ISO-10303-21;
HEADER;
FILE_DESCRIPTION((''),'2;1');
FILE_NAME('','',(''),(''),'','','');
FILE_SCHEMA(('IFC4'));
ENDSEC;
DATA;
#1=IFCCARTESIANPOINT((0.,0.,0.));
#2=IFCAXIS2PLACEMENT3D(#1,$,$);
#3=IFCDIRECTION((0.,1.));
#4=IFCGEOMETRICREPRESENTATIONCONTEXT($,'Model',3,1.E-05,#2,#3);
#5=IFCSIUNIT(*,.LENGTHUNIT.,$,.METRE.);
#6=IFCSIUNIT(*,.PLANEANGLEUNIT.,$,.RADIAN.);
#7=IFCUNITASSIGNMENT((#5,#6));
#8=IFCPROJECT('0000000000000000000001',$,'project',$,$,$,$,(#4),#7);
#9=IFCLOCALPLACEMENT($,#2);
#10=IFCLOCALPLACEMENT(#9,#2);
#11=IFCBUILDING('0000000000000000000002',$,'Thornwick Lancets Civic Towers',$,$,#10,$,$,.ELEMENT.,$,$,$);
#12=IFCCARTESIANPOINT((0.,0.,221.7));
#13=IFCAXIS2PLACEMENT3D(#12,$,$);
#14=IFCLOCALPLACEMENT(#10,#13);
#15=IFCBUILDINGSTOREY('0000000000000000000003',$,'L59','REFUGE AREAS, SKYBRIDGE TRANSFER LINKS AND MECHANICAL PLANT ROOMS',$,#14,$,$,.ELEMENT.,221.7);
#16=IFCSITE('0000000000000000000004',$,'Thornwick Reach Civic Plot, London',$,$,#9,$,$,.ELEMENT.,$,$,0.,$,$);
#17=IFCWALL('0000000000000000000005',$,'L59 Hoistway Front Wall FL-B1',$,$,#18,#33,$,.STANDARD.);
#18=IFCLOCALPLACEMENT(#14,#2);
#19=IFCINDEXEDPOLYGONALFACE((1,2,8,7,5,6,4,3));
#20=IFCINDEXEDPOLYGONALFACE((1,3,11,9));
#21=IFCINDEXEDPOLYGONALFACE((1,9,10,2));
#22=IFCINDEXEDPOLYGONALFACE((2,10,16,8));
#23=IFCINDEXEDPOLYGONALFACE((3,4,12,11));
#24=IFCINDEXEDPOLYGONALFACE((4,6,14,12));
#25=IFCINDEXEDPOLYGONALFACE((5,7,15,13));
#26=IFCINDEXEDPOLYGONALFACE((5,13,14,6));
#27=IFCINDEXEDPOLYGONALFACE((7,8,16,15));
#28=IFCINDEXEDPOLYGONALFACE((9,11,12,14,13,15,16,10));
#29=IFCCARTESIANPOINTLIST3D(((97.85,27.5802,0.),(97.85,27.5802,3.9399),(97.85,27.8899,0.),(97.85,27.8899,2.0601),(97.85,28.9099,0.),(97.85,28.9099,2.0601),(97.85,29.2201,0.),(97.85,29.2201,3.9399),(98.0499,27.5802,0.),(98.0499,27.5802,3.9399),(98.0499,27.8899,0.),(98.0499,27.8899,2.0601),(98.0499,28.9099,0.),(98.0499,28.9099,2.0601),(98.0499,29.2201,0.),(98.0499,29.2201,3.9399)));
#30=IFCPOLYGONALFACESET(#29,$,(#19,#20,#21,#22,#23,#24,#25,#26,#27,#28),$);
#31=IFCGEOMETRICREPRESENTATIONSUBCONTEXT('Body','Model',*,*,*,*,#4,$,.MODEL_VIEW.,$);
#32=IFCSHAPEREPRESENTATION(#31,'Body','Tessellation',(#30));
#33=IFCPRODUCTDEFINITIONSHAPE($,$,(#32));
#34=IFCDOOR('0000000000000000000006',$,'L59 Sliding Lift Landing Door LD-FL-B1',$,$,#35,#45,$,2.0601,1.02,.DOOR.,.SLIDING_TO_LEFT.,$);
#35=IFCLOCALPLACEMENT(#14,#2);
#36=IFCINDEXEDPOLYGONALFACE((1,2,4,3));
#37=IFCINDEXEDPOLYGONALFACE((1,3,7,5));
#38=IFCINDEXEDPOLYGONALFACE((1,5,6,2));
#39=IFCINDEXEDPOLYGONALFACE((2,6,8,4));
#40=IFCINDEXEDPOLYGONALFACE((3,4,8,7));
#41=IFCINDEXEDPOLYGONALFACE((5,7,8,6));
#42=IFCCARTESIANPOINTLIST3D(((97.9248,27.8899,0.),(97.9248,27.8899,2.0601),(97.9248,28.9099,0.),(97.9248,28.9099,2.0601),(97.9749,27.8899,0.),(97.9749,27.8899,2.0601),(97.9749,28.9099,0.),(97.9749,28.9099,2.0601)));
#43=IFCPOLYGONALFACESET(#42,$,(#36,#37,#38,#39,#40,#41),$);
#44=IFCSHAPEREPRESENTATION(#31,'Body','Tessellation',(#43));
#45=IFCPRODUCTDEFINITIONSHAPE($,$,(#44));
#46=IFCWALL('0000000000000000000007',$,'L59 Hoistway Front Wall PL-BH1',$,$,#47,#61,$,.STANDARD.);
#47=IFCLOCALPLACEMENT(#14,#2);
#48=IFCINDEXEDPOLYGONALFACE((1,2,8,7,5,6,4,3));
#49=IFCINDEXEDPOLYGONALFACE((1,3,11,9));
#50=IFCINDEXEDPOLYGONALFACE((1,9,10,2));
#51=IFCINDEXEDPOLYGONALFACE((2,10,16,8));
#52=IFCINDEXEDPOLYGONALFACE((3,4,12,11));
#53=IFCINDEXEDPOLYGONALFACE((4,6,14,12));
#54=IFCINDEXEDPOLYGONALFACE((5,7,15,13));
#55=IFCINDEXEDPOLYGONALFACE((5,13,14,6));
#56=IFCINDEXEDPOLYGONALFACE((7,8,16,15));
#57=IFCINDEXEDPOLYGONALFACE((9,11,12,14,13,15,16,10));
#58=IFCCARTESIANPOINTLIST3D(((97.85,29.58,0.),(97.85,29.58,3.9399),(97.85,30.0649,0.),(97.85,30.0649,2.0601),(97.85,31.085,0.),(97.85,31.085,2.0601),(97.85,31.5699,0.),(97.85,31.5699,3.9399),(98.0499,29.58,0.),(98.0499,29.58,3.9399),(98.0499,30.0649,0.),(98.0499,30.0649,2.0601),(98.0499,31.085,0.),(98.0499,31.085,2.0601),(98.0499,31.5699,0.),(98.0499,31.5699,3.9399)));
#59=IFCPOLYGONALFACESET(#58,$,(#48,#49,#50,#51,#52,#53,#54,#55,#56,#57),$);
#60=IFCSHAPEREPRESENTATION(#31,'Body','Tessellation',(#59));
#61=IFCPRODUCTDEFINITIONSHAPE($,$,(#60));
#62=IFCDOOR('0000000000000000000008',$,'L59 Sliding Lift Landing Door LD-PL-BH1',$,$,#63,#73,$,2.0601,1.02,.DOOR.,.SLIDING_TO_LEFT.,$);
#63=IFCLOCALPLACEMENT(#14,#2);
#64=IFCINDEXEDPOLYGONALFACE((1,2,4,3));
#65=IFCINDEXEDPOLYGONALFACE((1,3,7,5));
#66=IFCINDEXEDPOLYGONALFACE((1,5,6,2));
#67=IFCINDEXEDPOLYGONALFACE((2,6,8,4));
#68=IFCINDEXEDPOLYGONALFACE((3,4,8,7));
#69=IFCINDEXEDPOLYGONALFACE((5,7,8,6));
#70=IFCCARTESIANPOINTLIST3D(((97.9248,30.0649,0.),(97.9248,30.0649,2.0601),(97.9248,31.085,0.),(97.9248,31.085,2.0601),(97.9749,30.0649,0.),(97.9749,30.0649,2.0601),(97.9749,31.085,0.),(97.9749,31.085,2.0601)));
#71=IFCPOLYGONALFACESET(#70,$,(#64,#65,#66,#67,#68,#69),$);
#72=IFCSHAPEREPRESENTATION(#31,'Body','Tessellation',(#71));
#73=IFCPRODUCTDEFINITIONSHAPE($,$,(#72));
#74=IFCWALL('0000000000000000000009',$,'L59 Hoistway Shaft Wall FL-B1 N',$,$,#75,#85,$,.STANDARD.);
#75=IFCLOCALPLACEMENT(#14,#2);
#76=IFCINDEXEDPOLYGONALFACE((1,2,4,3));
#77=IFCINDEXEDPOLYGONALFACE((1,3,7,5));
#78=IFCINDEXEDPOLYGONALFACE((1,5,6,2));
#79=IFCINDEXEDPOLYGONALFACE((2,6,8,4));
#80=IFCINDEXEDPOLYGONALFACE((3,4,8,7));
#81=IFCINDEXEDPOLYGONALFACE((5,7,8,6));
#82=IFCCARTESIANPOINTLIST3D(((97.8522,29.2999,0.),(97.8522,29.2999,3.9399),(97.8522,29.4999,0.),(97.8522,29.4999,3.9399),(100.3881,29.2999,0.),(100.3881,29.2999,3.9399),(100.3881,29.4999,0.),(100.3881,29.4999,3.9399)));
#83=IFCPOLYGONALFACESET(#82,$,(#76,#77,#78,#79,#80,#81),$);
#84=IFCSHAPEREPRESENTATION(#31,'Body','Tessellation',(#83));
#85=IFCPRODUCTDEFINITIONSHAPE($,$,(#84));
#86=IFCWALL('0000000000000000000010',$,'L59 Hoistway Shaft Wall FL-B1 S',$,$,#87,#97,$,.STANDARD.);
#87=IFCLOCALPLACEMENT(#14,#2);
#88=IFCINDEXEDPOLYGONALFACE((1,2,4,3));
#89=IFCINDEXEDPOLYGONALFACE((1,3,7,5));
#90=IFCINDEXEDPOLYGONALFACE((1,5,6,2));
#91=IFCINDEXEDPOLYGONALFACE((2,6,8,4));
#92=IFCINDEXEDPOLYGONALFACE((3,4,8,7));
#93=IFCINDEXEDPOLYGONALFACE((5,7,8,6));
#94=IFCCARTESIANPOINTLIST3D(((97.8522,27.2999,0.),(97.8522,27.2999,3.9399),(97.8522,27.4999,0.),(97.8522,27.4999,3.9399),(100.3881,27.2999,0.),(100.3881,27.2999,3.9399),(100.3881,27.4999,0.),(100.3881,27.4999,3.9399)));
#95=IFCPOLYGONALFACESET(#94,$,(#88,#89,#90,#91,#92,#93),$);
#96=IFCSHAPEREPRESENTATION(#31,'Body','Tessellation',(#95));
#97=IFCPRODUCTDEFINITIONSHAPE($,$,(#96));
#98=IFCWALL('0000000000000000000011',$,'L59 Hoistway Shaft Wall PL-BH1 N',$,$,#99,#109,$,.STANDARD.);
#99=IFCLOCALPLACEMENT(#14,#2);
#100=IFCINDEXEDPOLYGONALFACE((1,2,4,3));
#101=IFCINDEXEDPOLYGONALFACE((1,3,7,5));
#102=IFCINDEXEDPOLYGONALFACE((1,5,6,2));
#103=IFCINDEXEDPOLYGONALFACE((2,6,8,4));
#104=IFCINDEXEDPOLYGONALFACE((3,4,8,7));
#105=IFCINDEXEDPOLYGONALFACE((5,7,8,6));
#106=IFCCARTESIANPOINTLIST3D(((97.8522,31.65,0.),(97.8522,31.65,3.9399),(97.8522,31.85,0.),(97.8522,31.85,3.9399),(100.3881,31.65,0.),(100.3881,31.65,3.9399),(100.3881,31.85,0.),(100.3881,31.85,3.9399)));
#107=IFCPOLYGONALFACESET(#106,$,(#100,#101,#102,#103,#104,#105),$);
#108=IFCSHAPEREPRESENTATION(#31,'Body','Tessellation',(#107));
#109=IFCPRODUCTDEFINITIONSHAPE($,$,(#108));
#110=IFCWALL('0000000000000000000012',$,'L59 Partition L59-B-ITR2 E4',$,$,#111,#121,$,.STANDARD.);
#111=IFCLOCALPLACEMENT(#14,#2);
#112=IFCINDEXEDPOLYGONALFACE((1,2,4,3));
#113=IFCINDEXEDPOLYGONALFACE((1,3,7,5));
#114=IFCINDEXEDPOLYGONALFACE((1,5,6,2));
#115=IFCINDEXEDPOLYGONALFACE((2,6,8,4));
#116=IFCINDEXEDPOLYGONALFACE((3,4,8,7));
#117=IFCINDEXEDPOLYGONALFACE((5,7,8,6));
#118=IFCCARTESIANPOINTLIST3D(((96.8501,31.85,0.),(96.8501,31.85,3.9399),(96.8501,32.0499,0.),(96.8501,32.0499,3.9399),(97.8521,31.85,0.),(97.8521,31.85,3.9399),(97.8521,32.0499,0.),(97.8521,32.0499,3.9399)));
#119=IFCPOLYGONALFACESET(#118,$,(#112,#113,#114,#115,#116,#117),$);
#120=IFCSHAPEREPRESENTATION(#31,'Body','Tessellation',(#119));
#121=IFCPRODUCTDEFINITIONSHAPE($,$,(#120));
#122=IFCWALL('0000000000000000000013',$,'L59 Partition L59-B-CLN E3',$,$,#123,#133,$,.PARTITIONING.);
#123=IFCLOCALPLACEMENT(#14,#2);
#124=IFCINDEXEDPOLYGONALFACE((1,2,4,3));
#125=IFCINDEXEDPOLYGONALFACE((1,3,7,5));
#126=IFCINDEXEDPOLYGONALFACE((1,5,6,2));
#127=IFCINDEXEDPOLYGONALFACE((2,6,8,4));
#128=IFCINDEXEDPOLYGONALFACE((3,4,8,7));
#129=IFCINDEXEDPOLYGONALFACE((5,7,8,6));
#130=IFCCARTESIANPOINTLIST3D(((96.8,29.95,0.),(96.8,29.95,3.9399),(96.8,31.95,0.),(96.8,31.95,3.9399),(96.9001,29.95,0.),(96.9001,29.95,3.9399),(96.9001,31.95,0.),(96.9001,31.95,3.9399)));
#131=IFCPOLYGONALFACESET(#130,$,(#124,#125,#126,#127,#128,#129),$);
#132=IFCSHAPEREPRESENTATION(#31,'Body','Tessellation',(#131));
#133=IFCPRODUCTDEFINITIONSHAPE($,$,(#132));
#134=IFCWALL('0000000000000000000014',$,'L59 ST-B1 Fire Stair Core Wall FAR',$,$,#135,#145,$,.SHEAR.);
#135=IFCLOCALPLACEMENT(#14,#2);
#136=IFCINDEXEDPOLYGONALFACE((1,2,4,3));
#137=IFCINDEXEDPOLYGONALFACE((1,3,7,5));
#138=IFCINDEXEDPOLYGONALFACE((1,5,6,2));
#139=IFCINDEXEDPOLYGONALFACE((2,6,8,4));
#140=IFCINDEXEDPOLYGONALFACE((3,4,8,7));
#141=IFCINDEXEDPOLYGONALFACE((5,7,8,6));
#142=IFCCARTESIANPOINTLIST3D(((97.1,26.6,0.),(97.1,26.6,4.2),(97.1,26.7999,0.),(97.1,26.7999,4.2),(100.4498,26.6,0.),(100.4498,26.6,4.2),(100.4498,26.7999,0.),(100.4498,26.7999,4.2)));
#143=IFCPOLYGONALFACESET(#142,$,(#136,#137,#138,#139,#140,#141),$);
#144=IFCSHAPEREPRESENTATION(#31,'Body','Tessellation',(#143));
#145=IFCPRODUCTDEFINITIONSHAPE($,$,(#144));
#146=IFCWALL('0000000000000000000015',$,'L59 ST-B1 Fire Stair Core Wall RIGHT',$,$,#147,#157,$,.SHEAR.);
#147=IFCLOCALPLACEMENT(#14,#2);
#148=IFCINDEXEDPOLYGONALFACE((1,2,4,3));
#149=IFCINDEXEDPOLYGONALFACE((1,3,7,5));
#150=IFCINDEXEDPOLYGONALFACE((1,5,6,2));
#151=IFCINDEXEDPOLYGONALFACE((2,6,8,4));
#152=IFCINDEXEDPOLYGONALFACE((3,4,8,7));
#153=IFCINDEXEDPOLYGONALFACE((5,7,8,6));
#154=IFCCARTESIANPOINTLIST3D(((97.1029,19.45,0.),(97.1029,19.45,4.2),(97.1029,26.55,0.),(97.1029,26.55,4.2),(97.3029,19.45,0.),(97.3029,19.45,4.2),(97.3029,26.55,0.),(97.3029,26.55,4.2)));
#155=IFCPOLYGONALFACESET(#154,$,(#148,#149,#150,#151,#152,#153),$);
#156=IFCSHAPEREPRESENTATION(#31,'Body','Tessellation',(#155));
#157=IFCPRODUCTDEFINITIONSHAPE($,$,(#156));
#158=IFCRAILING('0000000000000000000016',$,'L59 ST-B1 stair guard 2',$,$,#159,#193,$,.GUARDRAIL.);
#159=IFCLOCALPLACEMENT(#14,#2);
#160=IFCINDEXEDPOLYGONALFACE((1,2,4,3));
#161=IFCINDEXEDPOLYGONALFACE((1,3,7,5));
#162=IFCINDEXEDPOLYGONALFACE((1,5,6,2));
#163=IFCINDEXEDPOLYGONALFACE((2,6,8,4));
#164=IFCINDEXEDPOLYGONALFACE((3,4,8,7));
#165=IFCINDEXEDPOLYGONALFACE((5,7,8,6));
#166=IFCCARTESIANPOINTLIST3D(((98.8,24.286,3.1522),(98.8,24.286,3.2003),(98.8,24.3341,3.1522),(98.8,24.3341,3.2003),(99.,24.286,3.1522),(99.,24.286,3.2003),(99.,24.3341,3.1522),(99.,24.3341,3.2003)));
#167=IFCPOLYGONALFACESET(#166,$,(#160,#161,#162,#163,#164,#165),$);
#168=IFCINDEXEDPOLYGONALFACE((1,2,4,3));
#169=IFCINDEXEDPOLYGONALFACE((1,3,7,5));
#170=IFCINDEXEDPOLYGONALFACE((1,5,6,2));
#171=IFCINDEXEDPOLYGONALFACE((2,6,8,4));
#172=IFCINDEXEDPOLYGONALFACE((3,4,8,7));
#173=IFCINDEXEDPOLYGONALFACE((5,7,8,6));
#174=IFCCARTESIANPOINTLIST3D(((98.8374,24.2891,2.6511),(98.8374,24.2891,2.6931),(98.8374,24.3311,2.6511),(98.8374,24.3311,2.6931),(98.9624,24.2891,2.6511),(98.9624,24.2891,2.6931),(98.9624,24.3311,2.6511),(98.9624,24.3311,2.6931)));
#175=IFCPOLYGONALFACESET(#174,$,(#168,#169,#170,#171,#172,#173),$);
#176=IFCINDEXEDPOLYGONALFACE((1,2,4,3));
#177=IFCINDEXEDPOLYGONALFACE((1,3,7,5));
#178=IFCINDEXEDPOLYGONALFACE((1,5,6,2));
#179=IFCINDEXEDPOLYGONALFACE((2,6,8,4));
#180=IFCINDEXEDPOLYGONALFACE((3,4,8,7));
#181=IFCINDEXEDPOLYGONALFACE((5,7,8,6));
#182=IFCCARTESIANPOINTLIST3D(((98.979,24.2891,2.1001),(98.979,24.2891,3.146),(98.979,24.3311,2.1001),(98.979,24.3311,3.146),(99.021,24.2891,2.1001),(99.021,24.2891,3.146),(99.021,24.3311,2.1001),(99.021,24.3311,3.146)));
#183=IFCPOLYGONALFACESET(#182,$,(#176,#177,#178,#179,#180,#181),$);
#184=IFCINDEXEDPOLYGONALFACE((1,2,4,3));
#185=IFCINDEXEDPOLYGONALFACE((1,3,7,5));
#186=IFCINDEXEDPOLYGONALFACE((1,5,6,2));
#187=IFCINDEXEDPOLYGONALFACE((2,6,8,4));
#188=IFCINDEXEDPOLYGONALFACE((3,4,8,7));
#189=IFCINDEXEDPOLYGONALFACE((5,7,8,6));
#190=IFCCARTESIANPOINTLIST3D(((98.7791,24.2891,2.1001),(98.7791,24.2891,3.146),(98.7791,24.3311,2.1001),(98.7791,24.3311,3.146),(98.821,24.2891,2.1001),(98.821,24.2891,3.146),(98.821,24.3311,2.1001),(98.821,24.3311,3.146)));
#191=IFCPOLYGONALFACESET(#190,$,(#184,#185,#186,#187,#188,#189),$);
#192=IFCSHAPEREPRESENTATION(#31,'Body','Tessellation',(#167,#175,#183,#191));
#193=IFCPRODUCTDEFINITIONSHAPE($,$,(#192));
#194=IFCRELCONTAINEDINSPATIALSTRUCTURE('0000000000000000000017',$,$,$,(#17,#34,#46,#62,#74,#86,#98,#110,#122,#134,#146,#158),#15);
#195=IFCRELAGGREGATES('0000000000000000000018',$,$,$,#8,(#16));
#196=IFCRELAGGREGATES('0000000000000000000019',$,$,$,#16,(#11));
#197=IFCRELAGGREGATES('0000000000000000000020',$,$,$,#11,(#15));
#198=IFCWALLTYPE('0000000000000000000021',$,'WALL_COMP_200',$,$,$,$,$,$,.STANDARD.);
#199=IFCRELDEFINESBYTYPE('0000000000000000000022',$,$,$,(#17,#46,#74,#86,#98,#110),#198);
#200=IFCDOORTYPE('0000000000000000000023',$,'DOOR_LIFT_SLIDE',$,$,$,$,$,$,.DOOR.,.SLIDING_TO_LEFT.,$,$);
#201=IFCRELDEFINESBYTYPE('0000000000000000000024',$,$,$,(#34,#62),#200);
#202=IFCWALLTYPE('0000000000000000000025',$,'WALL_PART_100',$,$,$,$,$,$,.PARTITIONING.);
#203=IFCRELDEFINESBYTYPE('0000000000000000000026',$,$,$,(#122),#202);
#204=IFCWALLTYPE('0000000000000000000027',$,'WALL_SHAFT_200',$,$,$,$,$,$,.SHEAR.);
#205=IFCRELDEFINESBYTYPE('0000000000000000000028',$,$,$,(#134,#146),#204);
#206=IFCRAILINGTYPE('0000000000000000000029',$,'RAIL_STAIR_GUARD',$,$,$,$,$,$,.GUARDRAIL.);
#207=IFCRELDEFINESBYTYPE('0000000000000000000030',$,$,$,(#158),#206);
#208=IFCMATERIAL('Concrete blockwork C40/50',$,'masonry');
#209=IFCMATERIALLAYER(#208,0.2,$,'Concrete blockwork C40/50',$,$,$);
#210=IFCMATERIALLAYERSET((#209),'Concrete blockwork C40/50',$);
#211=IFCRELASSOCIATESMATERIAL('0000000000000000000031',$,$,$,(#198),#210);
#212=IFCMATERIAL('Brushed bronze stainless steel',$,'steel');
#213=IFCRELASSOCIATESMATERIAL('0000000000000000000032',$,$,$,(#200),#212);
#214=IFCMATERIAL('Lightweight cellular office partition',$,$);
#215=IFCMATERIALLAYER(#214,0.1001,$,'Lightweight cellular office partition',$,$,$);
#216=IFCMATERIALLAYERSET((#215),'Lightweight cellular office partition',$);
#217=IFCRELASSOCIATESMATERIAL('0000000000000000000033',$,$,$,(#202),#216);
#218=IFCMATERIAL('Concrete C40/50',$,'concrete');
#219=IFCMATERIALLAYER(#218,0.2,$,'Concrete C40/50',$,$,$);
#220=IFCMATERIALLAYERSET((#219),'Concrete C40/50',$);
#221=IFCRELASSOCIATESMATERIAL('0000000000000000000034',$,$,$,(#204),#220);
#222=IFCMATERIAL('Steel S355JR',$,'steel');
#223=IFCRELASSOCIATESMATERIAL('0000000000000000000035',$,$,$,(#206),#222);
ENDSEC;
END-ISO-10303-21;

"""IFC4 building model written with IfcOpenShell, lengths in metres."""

from ifc_helpers import new_model, si_unit, direction, frame, frame_2d, origin, origin_2d, place, context, subcontext, project, spatial, rectangle, extrude, material, layer, layer_set, type_object, element, fill, save


model = new_model("IFC4")

# Units and contexts
model_context = context("Model", 3, precision=1e-05, world=origin(), true_north=direction((0.0, 1.0)))
body_context = subcontext(model_context, "Body", "Model", "MODEL_VIEW")
ifc_project = project(units=[si_unit("LENGTHUNIT", "METRE"), si_unit("PLANEANGLEUNIT", "RADIAN")], contexts=[model_context])

# Site, building, storey
site_placement = place(None, origin())
site = spatial("IfcSite", under=ifc_project, at=site_placement, Name="Thornwick Reach Civic Plot, London", CompositionType="ELEMENT", RefElevation=0.0)
building_placement = place(site_placement, origin())
building = spatial("IfcBuilding", under=site, at=building_placement, Name="Thornwick Lancets Civic Towers", CompositionType="ELEMENT")
storey_placement = place(building_placement, frame((0.0, 0.0, 221.7)))
storey = spatial("IfcBuildingStorey", under=building, at=storey_placement, Name="L59", Description="REFUGE AREAS, SKYBRIDGE TRANSFER LINKS AND MECHANICAL PLANT ROOMS", CompositionType="ELEMENT", Elevation=221.7)

# Shared definitions
ifc_material_1 = material(Name="Steel S355JR", Category="steel")
ifc_material_2 = material(Name="Concrete C40/50", Category="concrete")

# Walls, openings, doors
ifc_material_3 = material(Name="Concrete blockwork C40/50", Category="masonry")
ifc_layer_1 = layer(ifc_material_3, 0.2, Name="Concrete blockwork C40/50")
ifc_layer_set_1 = layer_set([ifc_layer_1], Name="Concrete blockwork C40/50")
wall_type_1 = type_object("IfcWallType", Name="WALL_COMP_200", PredefinedType="STANDARD", material=ifc_layer_set_1)
wall_1_placement = place(storey_placement, frame((97.95, 29.22, 0.0), z_axis=(0.0, 0.0, 1.0), x_axis=(0.0, -1.0, 0.0)))
wall_1 = element("IfcWall", 1, at=wall_1_placement, inside=storey, type_object=wall_type_1, Name="L59 Hoistway Front Wall FL-B1", PredefinedType="STANDARD", context=body_context, shape_type="SweptSolid", body=[
    extrude(rectangle(XDim=1.6399, YDim=0.2, at=frame_2d((0.8198, 0.0))), origin(), (0.0, 0.0, 1.0), 3.9399),
])
opening_1_placement = place(wall_1_placement, frame((0.3101, 0.0, 0.0)))
opening_1 = element("IfcOpeningElement", 2, at=opening_1_placement, cuts=wall_1, PredefinedType="OPENING", context=body_context, shape_type="SweptSolid", body=[
    extrude(rectangle(XDim=1.02, YDim=2.0601, at=frame_2d((0.51, 1.03))), frame((0.0, 0.1099, 0.0), z_axis=(0.0, -1.0, 0.0), x_axis=(1.0, 0.0, 0.0)), (0.0, 0.0, 1.0), 0.22),
])
ifc_material_4 = material(Name="Brushed bronze stainless steel", Category="steel")
door_type = type_object("IfcDoorType", Name="DOOR_LIFT_SLIDE", OperationType="SLIDING_TO_LEFT", PredefinedType="DOOR", material=ifc_material_4)
door_1_placement = place(opening_1_placement, origin())
door_1 = element("IfcDoor", 3, at=door_1_placement, inside=storey, type_object=door_type, Name="L59 Sliding Lift Landing Door LD-FL-B1", OperationType="SLIDING_TO_LEFT", OverallHeight=2.0601, OverallWidth=1.02, PredefinedType="DOOR", context=body_context, shape_type="SweptSolid", body=[
    extrude(rectangle(XDim=1.02, YDim=2.0601, at=frame_2d((0.51, 1.03))), frame((0.0, 0.0249, 0.0), z_axis=(0.0, -1.0, 0.0), x_axis=(1.0, 0.0, 0.0)), (0.0, 0.0, 1.0), 0.05),
])
fill(opening_1, door_1)
wall_2_placement = place(storey_placement, frame((97.95, 31.5701, 0.0), z_axis=(0.0, 0.0, 1.0), x_axis=(0.0, -1.0, 0.0)))
wall_2 = element("IfcWall", 4, at=wall_2_placement, inside=storey, type_object=wall_type_1, Name="L59 Hoistway Front Wall PL-BH1", PredefinedType="STANDARD", context=body_context, shape_type="SweptSolid", body=[
    extrude(rectangle(XDim=1.99, YDim=0.2, at=frame_2d((0.9951, 0.0))), origin(), (0.0, 0.0, 1.0), 3.9399),
])
opening_2_placement = place(wall_2_placement, frame((0.4851, 0.0, 0.0)))
opening_2 = element("IfcOpeningElement", 5, at=opening_2_placement, cuts=wall_2, PredefinedType="OPENING", context=body_context, shape_type="SweptSolid", body=[
    extrude(rectangle(XDim=1.02, YDim=2.0601, at=frame_2d((0.51, 1.03))), frame((0.0, 0.1099, 0.0), z_axis=(0.0, -1.0, 0.0), x_axis=(1.0, 0.0, 0.0)), (0.0, 0.0, 1.0), 0.22),
])
door_2_placement = place(opening_2_placement, origin())
door_2 = element("IfcDoor", 6, at=door_2_placement, inside=storey, type_object=door_type, Name="L59 Sliding Lift Landing Door LD-PL-BH1", OperationType="SLIDING_TO_LEFT", OverallHeight=2.0601, OverallWidth=1.02, PredefinedType="DOOR", context=body_context, shape_type="SweptSolid", body=[
    extrude(rectangle(XDim=1.02, YDim=2.0601, at=frame_2d((0.51, 1.03))), frame((0.0, 0.0249, 0.0), z_axis=(0.0, -1.0, 0.0), x_axis=(1.0, 0.0, 0.0)), (0.0, 0.0, 1.0), 0.05),
])
fill(opening_2, door_2)

# Walls
for number, where, z_axis, x_axis, name in (
    (7, (97.8521, 29.3999, 0.0), (0.0, 0.0, 1.0), (1.0, 0.0, 0.0), "L59 Hoistway Shaft Wall FL-B1 N"),
    (8, (97.8521, 27.3999, 0.0), (0.0, 0.0, 1.0), (1.0, 0.0, 0.0), "L59 Hoistway Shaft Wall FL-B1 S"),
    (9, (97.8521, 31.75, 0.0), (0.0, 0.0, 1.0), (1.0, 0.0, 0.0), "L59 Hoistway Shaft Wall PL-BH1 N"),
):
    element("IfcWall", number, at=place(storey_placement, frame(where, z_axis=z_axis, x_axis=x_axis)), inside=storey, type_object=wall_type_1, Name=name, PredefinedType="STANDARD", context=body_context, shape_type="SweptSolid", body=[
        extrude(rectangle(XDim=2.5359, YDim=0.2, at=frame_2d((1.2681, 0.0))), origin(), (0.0, 0.0, 1.0), 3.9399),
    ])
wall_3_placement = place(storey_placement, frame((97.8521, 31.95, 0.0), z_axis=(0.0, 0.0, 1.0), x_axis=(-1.0, 0.0, 0.0)))
element("IfcWall", 10, at=wall_3_placement, inside=storey, type_object=wall_type_1, Name="L59 Partition L59-B-ITR2 E4", PredefinedType="STANDARD", context=body_context, shape_type="SweptSolid", body=[
    extrude(rectangle(XDim=1.002, YDim=0.2, at=frame_2d((0.501, 0.0))), origin(), (0.0, 0.0, 1.0), 3.9399),
])
ifc_material_5 = material(Name="Lightweight cellular office partition")
ifc_layer_2 = layer(ifc_material_5, 0.1001, Name="Lightweight cellular office partition")
ifc_layer_set_2 = layer_set([ifc_layer_2], Name="Lightweight cellular office partition")
wall_type_2 = type_object("IfcWallType", Name="WALL_PART_100", PredefinedType="PARTITIONING", material=ifc_layer_set_2)
wall_4_placement = place(storey_placement, frame((96.8501, 31.95, 0.0), z_axis=(0.0, 0.0, 1.0), x_axis=(0.0, -1.0, 0.0)))
element("IfcWall", 11, at=wall_4_placement, inside=storey, type_object=wall_type_2, Name="L59 Partition L59-B-CLN E3", PredefinedType="PARTITIONING", context=body_context, shape_type="SweptSolid", body=[
    extrude(rectangle(XDim=2.0, YDim=0.1001, at=frame_2d((1.0, 0.0))), origin(), (0.0, 0.0, 1.0), 3.9399),
])
ifc_layer_3 = layer(ifc_material_2, 0.2, Name="Concrete C40/50")
ifc_layer_set_3 = layer_set([ifc_layer_3], Name="Concrete C40/50")
wall_type_3 = type_object("IfcWallType", Name="WALL_SHAFT_200", PredefinedType="SHEAR", material=ifc_layer_set_3)
wall_5_placement = place(storey_placement, frame((97.1001, 26.7, 0.0), z_axis=(0.0, 0.0, 1.0), x_axis=(1.0, 0.0, 0.0)))
element("IfcWall", 12, at=wall_5_placement, inside=storey, type_object=wall_type_3, Name="L59 ST-B1 Fire Stair Core Wall FAR", PredefinedType="SHEAR", context=body_context, shape_type="SweptSolid", body=[
    extrude(rectangle(XDim=3.3499, YDim=0.2, at=frame_2d((1.6748, 0.0))), origin(), (0.0, 0.0, 1.0), 4.2),
])
wall_6_placement = place(storey_placement, frame((97.2029, 26.55, 0.0), z_axis=(0.0, 0.0, 1.0), x_axis=(0.0, -1.0, 0.0)))
element("IfcWall", 13, at=wall_6_placement, inside=storey, type_object=wall_type_3, Name="L59 ST-B1 Fire Stair Core Wall RIGHT", PredefinedType="SHEAR", context=body_context, shape_type="SweptSolid", body=[
    extrude(rectangle(XDim=7.1001, YDim=0.2, at=frame_2d((3.55, 0.0))), origin(), (0.0, 0.0, 1.0), 4.2),
])

# Railing
railing_type = type_object("IfcRailingType", Name="RAIL_STAIR_GUARD", PredefinedType="GUARDRAIL", material=ifc_material_1)
railing_placement = place(storey_placement, frame((99.0, 24.3101, 2.1001)))
element("IfcRailing", 14, at=railing_placement, inside=storey, type_object=railing_type, Name="L59 ST-B1 stair guard 2", PredefinedType="GUARDRAIL", context=body_context, shape_type="SweptSolid", body=[
    extrude(rectangle(XDim=0.0481, YDim=0.0481, at=origin_2d()), frame((0.0, 0.0, 1.0762), z_axis=(-1.0, 0.0, 0.0), x_axis=(0.0, -1.0, 0.0)), (0.0, 0.0, 1.0), 0.2),
    extrude(rectangle(XDim=0.042, YDim=0.042, at=origin_2d()), frame((-0.0376, 0.0, 0.572), z_axis=(-1.0, 0.0, 0.0), x_axis=(0.0, -1.0, 0.0)), (0.0, 0.0, 1.0), 0.125),
    extrude(rectangle(XDim=0.042, YDim=0.042, at=origin_2d()), origin(), (0.0, 0.0, 1.0), 1.0459),
    extrude(rectangle(XDim=0.042, YDim=0.042, at=origin_2d()), frame((-0.2, 0.0, 0.0)), (0.0, 0.0, 1.0), 1.0459),
])

save(model, "model.ifc")
